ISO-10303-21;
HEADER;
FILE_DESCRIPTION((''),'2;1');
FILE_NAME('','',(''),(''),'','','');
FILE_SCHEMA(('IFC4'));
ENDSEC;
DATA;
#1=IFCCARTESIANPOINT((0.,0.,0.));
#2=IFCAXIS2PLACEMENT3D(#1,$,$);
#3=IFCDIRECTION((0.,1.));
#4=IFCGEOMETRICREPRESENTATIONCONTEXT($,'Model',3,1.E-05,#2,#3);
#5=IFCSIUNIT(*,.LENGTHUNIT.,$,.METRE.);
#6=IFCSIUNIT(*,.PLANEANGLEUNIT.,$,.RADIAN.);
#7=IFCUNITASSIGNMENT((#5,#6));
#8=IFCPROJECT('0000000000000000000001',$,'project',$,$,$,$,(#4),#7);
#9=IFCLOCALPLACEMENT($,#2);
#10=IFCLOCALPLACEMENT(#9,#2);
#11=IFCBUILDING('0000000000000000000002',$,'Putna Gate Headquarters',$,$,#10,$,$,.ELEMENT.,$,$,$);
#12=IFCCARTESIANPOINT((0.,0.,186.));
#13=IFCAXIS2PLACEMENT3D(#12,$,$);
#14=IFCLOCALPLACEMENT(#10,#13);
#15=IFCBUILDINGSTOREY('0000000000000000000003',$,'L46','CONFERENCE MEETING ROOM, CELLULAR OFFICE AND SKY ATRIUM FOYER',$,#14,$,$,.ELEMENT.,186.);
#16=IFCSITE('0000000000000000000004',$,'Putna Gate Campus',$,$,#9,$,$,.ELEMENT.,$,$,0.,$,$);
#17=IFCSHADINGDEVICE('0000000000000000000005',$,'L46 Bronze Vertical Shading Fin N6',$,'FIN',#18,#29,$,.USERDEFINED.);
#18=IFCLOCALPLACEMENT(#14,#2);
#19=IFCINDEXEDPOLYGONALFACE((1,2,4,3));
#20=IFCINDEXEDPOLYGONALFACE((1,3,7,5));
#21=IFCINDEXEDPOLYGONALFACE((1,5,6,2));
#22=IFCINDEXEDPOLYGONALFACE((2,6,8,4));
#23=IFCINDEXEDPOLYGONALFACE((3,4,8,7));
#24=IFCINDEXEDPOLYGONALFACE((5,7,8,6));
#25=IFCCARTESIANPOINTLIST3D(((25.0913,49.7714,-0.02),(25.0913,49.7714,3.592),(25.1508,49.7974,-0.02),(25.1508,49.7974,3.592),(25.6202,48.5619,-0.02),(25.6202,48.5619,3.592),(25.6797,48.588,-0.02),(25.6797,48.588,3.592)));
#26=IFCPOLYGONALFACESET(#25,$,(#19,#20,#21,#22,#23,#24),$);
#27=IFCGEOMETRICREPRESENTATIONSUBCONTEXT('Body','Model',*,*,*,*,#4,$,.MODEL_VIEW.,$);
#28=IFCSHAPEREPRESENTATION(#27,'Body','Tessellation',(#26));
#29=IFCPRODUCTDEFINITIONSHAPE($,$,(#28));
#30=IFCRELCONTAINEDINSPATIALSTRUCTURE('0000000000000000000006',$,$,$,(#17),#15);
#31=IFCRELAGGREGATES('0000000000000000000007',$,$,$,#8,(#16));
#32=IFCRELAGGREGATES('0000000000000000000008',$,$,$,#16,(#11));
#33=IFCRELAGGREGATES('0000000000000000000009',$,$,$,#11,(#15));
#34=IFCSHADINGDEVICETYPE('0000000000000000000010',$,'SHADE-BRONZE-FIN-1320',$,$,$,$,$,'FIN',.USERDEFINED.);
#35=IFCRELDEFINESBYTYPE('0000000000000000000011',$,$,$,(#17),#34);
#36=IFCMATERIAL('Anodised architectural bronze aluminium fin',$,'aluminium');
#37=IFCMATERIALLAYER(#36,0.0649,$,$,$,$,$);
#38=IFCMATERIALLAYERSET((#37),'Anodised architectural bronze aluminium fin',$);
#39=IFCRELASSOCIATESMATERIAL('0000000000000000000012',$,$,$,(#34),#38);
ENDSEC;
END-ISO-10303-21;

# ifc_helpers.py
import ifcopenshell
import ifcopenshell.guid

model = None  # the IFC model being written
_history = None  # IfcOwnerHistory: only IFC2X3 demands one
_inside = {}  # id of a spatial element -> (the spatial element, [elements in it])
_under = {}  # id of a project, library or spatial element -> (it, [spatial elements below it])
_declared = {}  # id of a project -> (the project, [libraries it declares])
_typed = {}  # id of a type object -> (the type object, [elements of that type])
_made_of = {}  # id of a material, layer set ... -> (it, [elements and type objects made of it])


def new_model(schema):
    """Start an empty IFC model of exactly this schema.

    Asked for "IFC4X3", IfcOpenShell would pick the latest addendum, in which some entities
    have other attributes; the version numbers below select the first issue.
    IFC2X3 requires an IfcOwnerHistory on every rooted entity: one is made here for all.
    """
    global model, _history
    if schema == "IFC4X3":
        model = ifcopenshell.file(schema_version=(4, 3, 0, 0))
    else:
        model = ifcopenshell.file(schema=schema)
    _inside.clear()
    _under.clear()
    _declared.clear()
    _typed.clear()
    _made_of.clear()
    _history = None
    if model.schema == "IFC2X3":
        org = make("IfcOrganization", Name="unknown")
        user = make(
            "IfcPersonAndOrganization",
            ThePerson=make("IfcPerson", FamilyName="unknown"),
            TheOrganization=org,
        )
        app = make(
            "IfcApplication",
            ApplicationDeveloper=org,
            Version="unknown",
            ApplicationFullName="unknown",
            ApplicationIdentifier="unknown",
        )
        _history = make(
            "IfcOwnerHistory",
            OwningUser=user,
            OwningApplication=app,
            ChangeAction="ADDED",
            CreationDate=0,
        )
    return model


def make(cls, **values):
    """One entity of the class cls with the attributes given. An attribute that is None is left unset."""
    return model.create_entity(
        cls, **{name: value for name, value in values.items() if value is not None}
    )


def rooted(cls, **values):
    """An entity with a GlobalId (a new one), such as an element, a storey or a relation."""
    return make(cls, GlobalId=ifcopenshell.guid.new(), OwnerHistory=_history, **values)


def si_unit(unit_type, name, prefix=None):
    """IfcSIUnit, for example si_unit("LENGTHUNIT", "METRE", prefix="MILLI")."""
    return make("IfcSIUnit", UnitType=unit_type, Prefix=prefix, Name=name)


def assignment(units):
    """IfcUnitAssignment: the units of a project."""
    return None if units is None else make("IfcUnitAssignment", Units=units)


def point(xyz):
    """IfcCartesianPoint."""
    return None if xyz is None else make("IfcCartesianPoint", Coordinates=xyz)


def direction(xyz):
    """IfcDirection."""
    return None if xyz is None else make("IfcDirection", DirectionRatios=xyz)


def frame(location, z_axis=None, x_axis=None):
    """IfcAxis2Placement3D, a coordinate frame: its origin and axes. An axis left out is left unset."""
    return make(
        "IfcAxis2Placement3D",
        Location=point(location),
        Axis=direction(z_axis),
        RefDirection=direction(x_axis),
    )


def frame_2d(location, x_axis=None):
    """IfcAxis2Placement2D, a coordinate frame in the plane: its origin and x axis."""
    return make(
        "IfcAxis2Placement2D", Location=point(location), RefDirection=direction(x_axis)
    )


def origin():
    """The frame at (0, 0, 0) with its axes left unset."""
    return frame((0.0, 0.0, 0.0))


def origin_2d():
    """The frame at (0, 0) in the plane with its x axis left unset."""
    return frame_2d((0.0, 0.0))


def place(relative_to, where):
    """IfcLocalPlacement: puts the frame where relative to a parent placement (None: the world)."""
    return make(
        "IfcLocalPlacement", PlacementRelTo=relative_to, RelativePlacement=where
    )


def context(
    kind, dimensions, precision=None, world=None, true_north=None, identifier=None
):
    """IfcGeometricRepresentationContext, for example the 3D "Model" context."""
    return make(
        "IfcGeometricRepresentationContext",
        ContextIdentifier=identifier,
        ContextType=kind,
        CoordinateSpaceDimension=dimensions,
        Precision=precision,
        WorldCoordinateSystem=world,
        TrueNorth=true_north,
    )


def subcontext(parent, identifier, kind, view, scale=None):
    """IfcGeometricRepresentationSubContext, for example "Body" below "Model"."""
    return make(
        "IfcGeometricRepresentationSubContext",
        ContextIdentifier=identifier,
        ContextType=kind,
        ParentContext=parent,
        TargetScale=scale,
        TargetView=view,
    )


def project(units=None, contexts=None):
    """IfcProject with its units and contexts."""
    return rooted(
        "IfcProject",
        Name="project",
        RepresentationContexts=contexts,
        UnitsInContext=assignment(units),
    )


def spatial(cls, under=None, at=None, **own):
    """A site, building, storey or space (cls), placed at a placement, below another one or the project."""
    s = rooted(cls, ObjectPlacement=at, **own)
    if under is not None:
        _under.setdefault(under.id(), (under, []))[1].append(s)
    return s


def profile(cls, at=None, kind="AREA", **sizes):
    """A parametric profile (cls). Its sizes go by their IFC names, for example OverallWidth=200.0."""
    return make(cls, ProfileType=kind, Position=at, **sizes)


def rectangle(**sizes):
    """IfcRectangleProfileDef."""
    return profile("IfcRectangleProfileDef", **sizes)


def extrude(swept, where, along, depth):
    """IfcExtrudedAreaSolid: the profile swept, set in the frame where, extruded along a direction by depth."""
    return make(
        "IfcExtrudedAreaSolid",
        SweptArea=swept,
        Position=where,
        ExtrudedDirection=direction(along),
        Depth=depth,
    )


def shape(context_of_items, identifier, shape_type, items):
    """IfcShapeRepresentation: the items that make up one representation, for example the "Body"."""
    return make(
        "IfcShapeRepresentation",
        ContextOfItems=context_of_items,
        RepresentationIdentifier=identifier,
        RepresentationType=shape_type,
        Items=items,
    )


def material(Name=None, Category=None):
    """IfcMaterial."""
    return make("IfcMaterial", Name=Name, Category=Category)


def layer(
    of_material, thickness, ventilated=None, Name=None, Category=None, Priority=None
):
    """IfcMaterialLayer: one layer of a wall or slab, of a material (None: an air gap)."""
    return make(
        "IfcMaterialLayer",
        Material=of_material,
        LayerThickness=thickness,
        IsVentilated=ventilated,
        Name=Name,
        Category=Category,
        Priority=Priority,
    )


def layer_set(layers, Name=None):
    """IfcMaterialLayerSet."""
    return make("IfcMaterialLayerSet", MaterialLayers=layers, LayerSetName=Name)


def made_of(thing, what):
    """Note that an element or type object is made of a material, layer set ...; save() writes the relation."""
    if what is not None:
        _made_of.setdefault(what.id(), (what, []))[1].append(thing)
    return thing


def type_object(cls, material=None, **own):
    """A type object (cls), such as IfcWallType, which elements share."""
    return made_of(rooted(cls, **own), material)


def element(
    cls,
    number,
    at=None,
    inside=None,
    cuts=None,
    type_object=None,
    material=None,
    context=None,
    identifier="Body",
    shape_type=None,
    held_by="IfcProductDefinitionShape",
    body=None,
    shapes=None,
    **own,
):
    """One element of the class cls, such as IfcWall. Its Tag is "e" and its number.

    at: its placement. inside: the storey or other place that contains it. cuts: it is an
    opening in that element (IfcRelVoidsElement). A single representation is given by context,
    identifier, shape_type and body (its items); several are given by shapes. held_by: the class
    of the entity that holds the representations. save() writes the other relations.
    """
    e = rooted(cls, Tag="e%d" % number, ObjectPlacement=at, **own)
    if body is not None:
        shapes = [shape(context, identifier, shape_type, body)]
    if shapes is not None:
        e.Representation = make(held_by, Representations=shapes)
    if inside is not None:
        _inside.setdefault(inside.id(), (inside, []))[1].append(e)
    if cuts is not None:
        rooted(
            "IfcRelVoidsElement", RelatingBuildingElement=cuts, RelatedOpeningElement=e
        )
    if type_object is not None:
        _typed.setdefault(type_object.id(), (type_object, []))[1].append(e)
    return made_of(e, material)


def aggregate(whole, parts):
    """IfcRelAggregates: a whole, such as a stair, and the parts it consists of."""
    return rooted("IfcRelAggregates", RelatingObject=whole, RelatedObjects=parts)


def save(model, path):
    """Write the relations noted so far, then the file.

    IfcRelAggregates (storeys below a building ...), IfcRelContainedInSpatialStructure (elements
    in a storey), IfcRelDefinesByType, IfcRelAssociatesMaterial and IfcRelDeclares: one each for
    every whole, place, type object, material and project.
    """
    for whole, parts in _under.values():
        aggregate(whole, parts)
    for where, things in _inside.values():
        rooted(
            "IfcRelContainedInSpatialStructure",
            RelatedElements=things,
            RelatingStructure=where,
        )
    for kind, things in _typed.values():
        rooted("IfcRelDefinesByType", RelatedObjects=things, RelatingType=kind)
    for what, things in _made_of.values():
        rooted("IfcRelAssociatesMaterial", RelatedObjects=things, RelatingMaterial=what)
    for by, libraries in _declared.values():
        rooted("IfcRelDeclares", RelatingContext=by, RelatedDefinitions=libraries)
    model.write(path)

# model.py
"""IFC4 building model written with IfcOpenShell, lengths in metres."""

from ifc_helpers import new_model, si_unit, direction, frame, origin, origin_2d, place, context, subcontext, project, spatial, rectangle, extrude, material, layer, layer_set, type_object, element, save


model = new_model("IFC4")

# Units and contexts
model_context = context("Model", 3, precision=1e-05, world=origin(), true_north=direction((0.0, 1.0)))
body_context = subcontext(model_context, "Body", "Model", "MODEL_VIEW")
ifc_project = project(units=[si_unit("LENGTHUNIT", "METRE"), si_unit("PLANEANGLEUNIT", "RADIAN")], contexts=[model_context])

# Site, building, storey
site_placement = place(None, origin())
site = spatial("IfcSite", under=ifc_project, at=site_placement, Name="Putna Gate Campus", CompositionType="ELEMENT", RefElevation=0.0)
building_placement = place(site_placement, origin())
building = spatial("IfcBuilding", under=site, at=building_placement, Name="Putna Gate Headquarters", CompositionType="ELEMENT")
storey_placement = place(building_placement, frame((0.0, 0.0, 186.0)))
storey = spatial("IfcBuildingStorey", under=building, at=storey_placement, Name="L46", Description="CONFERENCE MEETING ROOM, CELLULAR OFFICE AND SKY ATRIUM FOYER", CompositionType="ELEMENT", Elevation=186.0)

# Shading device
ifc_material_1 = material(Name="Anodised architectural bronze aluminium fin", Category="aluminium")
ifc_layer_1 = layer(ifc_material_1, 0.0649)
ifc_layer_set_1 = layer_set([ifc_layer_1], Name="Anodised architectural bronze aluminium fin")
shading_device_type = type_object("IfcShadingDeviceType", Name="SHADE-BRONZE-FIN-1320", ElementType="FIN", PredefinedType="USERDEFINED", material=ifc_layer_set_1)
for number, where, z_axis, x_axis, name in (
    (1, (25.3855, 49.1797, -0.02), (0.0, 0.0, 1.0), (-0.400669, 0.916223, 0.0), "L46 Bronze Vertical Shading Fin N6"),
):
    element("IfcShadingDevice", number, at=place(storey_placement, frame(where, z_axis=z_axis, x_axis=x_axis)), inside=storey, type_object=shading_device_type, Name=name, ObjectType="FIN", PredefinedType="USERDEFINED", context=body_context, shape_type="SweptSolid", body=[
        extrude(rectangle(XDim=1.3201, YDim=0.0649, at=origin_2d()), origin(), (0.0, 0.0, 1.0), 3.6121),
    ])

save(model, "model.ifc")
